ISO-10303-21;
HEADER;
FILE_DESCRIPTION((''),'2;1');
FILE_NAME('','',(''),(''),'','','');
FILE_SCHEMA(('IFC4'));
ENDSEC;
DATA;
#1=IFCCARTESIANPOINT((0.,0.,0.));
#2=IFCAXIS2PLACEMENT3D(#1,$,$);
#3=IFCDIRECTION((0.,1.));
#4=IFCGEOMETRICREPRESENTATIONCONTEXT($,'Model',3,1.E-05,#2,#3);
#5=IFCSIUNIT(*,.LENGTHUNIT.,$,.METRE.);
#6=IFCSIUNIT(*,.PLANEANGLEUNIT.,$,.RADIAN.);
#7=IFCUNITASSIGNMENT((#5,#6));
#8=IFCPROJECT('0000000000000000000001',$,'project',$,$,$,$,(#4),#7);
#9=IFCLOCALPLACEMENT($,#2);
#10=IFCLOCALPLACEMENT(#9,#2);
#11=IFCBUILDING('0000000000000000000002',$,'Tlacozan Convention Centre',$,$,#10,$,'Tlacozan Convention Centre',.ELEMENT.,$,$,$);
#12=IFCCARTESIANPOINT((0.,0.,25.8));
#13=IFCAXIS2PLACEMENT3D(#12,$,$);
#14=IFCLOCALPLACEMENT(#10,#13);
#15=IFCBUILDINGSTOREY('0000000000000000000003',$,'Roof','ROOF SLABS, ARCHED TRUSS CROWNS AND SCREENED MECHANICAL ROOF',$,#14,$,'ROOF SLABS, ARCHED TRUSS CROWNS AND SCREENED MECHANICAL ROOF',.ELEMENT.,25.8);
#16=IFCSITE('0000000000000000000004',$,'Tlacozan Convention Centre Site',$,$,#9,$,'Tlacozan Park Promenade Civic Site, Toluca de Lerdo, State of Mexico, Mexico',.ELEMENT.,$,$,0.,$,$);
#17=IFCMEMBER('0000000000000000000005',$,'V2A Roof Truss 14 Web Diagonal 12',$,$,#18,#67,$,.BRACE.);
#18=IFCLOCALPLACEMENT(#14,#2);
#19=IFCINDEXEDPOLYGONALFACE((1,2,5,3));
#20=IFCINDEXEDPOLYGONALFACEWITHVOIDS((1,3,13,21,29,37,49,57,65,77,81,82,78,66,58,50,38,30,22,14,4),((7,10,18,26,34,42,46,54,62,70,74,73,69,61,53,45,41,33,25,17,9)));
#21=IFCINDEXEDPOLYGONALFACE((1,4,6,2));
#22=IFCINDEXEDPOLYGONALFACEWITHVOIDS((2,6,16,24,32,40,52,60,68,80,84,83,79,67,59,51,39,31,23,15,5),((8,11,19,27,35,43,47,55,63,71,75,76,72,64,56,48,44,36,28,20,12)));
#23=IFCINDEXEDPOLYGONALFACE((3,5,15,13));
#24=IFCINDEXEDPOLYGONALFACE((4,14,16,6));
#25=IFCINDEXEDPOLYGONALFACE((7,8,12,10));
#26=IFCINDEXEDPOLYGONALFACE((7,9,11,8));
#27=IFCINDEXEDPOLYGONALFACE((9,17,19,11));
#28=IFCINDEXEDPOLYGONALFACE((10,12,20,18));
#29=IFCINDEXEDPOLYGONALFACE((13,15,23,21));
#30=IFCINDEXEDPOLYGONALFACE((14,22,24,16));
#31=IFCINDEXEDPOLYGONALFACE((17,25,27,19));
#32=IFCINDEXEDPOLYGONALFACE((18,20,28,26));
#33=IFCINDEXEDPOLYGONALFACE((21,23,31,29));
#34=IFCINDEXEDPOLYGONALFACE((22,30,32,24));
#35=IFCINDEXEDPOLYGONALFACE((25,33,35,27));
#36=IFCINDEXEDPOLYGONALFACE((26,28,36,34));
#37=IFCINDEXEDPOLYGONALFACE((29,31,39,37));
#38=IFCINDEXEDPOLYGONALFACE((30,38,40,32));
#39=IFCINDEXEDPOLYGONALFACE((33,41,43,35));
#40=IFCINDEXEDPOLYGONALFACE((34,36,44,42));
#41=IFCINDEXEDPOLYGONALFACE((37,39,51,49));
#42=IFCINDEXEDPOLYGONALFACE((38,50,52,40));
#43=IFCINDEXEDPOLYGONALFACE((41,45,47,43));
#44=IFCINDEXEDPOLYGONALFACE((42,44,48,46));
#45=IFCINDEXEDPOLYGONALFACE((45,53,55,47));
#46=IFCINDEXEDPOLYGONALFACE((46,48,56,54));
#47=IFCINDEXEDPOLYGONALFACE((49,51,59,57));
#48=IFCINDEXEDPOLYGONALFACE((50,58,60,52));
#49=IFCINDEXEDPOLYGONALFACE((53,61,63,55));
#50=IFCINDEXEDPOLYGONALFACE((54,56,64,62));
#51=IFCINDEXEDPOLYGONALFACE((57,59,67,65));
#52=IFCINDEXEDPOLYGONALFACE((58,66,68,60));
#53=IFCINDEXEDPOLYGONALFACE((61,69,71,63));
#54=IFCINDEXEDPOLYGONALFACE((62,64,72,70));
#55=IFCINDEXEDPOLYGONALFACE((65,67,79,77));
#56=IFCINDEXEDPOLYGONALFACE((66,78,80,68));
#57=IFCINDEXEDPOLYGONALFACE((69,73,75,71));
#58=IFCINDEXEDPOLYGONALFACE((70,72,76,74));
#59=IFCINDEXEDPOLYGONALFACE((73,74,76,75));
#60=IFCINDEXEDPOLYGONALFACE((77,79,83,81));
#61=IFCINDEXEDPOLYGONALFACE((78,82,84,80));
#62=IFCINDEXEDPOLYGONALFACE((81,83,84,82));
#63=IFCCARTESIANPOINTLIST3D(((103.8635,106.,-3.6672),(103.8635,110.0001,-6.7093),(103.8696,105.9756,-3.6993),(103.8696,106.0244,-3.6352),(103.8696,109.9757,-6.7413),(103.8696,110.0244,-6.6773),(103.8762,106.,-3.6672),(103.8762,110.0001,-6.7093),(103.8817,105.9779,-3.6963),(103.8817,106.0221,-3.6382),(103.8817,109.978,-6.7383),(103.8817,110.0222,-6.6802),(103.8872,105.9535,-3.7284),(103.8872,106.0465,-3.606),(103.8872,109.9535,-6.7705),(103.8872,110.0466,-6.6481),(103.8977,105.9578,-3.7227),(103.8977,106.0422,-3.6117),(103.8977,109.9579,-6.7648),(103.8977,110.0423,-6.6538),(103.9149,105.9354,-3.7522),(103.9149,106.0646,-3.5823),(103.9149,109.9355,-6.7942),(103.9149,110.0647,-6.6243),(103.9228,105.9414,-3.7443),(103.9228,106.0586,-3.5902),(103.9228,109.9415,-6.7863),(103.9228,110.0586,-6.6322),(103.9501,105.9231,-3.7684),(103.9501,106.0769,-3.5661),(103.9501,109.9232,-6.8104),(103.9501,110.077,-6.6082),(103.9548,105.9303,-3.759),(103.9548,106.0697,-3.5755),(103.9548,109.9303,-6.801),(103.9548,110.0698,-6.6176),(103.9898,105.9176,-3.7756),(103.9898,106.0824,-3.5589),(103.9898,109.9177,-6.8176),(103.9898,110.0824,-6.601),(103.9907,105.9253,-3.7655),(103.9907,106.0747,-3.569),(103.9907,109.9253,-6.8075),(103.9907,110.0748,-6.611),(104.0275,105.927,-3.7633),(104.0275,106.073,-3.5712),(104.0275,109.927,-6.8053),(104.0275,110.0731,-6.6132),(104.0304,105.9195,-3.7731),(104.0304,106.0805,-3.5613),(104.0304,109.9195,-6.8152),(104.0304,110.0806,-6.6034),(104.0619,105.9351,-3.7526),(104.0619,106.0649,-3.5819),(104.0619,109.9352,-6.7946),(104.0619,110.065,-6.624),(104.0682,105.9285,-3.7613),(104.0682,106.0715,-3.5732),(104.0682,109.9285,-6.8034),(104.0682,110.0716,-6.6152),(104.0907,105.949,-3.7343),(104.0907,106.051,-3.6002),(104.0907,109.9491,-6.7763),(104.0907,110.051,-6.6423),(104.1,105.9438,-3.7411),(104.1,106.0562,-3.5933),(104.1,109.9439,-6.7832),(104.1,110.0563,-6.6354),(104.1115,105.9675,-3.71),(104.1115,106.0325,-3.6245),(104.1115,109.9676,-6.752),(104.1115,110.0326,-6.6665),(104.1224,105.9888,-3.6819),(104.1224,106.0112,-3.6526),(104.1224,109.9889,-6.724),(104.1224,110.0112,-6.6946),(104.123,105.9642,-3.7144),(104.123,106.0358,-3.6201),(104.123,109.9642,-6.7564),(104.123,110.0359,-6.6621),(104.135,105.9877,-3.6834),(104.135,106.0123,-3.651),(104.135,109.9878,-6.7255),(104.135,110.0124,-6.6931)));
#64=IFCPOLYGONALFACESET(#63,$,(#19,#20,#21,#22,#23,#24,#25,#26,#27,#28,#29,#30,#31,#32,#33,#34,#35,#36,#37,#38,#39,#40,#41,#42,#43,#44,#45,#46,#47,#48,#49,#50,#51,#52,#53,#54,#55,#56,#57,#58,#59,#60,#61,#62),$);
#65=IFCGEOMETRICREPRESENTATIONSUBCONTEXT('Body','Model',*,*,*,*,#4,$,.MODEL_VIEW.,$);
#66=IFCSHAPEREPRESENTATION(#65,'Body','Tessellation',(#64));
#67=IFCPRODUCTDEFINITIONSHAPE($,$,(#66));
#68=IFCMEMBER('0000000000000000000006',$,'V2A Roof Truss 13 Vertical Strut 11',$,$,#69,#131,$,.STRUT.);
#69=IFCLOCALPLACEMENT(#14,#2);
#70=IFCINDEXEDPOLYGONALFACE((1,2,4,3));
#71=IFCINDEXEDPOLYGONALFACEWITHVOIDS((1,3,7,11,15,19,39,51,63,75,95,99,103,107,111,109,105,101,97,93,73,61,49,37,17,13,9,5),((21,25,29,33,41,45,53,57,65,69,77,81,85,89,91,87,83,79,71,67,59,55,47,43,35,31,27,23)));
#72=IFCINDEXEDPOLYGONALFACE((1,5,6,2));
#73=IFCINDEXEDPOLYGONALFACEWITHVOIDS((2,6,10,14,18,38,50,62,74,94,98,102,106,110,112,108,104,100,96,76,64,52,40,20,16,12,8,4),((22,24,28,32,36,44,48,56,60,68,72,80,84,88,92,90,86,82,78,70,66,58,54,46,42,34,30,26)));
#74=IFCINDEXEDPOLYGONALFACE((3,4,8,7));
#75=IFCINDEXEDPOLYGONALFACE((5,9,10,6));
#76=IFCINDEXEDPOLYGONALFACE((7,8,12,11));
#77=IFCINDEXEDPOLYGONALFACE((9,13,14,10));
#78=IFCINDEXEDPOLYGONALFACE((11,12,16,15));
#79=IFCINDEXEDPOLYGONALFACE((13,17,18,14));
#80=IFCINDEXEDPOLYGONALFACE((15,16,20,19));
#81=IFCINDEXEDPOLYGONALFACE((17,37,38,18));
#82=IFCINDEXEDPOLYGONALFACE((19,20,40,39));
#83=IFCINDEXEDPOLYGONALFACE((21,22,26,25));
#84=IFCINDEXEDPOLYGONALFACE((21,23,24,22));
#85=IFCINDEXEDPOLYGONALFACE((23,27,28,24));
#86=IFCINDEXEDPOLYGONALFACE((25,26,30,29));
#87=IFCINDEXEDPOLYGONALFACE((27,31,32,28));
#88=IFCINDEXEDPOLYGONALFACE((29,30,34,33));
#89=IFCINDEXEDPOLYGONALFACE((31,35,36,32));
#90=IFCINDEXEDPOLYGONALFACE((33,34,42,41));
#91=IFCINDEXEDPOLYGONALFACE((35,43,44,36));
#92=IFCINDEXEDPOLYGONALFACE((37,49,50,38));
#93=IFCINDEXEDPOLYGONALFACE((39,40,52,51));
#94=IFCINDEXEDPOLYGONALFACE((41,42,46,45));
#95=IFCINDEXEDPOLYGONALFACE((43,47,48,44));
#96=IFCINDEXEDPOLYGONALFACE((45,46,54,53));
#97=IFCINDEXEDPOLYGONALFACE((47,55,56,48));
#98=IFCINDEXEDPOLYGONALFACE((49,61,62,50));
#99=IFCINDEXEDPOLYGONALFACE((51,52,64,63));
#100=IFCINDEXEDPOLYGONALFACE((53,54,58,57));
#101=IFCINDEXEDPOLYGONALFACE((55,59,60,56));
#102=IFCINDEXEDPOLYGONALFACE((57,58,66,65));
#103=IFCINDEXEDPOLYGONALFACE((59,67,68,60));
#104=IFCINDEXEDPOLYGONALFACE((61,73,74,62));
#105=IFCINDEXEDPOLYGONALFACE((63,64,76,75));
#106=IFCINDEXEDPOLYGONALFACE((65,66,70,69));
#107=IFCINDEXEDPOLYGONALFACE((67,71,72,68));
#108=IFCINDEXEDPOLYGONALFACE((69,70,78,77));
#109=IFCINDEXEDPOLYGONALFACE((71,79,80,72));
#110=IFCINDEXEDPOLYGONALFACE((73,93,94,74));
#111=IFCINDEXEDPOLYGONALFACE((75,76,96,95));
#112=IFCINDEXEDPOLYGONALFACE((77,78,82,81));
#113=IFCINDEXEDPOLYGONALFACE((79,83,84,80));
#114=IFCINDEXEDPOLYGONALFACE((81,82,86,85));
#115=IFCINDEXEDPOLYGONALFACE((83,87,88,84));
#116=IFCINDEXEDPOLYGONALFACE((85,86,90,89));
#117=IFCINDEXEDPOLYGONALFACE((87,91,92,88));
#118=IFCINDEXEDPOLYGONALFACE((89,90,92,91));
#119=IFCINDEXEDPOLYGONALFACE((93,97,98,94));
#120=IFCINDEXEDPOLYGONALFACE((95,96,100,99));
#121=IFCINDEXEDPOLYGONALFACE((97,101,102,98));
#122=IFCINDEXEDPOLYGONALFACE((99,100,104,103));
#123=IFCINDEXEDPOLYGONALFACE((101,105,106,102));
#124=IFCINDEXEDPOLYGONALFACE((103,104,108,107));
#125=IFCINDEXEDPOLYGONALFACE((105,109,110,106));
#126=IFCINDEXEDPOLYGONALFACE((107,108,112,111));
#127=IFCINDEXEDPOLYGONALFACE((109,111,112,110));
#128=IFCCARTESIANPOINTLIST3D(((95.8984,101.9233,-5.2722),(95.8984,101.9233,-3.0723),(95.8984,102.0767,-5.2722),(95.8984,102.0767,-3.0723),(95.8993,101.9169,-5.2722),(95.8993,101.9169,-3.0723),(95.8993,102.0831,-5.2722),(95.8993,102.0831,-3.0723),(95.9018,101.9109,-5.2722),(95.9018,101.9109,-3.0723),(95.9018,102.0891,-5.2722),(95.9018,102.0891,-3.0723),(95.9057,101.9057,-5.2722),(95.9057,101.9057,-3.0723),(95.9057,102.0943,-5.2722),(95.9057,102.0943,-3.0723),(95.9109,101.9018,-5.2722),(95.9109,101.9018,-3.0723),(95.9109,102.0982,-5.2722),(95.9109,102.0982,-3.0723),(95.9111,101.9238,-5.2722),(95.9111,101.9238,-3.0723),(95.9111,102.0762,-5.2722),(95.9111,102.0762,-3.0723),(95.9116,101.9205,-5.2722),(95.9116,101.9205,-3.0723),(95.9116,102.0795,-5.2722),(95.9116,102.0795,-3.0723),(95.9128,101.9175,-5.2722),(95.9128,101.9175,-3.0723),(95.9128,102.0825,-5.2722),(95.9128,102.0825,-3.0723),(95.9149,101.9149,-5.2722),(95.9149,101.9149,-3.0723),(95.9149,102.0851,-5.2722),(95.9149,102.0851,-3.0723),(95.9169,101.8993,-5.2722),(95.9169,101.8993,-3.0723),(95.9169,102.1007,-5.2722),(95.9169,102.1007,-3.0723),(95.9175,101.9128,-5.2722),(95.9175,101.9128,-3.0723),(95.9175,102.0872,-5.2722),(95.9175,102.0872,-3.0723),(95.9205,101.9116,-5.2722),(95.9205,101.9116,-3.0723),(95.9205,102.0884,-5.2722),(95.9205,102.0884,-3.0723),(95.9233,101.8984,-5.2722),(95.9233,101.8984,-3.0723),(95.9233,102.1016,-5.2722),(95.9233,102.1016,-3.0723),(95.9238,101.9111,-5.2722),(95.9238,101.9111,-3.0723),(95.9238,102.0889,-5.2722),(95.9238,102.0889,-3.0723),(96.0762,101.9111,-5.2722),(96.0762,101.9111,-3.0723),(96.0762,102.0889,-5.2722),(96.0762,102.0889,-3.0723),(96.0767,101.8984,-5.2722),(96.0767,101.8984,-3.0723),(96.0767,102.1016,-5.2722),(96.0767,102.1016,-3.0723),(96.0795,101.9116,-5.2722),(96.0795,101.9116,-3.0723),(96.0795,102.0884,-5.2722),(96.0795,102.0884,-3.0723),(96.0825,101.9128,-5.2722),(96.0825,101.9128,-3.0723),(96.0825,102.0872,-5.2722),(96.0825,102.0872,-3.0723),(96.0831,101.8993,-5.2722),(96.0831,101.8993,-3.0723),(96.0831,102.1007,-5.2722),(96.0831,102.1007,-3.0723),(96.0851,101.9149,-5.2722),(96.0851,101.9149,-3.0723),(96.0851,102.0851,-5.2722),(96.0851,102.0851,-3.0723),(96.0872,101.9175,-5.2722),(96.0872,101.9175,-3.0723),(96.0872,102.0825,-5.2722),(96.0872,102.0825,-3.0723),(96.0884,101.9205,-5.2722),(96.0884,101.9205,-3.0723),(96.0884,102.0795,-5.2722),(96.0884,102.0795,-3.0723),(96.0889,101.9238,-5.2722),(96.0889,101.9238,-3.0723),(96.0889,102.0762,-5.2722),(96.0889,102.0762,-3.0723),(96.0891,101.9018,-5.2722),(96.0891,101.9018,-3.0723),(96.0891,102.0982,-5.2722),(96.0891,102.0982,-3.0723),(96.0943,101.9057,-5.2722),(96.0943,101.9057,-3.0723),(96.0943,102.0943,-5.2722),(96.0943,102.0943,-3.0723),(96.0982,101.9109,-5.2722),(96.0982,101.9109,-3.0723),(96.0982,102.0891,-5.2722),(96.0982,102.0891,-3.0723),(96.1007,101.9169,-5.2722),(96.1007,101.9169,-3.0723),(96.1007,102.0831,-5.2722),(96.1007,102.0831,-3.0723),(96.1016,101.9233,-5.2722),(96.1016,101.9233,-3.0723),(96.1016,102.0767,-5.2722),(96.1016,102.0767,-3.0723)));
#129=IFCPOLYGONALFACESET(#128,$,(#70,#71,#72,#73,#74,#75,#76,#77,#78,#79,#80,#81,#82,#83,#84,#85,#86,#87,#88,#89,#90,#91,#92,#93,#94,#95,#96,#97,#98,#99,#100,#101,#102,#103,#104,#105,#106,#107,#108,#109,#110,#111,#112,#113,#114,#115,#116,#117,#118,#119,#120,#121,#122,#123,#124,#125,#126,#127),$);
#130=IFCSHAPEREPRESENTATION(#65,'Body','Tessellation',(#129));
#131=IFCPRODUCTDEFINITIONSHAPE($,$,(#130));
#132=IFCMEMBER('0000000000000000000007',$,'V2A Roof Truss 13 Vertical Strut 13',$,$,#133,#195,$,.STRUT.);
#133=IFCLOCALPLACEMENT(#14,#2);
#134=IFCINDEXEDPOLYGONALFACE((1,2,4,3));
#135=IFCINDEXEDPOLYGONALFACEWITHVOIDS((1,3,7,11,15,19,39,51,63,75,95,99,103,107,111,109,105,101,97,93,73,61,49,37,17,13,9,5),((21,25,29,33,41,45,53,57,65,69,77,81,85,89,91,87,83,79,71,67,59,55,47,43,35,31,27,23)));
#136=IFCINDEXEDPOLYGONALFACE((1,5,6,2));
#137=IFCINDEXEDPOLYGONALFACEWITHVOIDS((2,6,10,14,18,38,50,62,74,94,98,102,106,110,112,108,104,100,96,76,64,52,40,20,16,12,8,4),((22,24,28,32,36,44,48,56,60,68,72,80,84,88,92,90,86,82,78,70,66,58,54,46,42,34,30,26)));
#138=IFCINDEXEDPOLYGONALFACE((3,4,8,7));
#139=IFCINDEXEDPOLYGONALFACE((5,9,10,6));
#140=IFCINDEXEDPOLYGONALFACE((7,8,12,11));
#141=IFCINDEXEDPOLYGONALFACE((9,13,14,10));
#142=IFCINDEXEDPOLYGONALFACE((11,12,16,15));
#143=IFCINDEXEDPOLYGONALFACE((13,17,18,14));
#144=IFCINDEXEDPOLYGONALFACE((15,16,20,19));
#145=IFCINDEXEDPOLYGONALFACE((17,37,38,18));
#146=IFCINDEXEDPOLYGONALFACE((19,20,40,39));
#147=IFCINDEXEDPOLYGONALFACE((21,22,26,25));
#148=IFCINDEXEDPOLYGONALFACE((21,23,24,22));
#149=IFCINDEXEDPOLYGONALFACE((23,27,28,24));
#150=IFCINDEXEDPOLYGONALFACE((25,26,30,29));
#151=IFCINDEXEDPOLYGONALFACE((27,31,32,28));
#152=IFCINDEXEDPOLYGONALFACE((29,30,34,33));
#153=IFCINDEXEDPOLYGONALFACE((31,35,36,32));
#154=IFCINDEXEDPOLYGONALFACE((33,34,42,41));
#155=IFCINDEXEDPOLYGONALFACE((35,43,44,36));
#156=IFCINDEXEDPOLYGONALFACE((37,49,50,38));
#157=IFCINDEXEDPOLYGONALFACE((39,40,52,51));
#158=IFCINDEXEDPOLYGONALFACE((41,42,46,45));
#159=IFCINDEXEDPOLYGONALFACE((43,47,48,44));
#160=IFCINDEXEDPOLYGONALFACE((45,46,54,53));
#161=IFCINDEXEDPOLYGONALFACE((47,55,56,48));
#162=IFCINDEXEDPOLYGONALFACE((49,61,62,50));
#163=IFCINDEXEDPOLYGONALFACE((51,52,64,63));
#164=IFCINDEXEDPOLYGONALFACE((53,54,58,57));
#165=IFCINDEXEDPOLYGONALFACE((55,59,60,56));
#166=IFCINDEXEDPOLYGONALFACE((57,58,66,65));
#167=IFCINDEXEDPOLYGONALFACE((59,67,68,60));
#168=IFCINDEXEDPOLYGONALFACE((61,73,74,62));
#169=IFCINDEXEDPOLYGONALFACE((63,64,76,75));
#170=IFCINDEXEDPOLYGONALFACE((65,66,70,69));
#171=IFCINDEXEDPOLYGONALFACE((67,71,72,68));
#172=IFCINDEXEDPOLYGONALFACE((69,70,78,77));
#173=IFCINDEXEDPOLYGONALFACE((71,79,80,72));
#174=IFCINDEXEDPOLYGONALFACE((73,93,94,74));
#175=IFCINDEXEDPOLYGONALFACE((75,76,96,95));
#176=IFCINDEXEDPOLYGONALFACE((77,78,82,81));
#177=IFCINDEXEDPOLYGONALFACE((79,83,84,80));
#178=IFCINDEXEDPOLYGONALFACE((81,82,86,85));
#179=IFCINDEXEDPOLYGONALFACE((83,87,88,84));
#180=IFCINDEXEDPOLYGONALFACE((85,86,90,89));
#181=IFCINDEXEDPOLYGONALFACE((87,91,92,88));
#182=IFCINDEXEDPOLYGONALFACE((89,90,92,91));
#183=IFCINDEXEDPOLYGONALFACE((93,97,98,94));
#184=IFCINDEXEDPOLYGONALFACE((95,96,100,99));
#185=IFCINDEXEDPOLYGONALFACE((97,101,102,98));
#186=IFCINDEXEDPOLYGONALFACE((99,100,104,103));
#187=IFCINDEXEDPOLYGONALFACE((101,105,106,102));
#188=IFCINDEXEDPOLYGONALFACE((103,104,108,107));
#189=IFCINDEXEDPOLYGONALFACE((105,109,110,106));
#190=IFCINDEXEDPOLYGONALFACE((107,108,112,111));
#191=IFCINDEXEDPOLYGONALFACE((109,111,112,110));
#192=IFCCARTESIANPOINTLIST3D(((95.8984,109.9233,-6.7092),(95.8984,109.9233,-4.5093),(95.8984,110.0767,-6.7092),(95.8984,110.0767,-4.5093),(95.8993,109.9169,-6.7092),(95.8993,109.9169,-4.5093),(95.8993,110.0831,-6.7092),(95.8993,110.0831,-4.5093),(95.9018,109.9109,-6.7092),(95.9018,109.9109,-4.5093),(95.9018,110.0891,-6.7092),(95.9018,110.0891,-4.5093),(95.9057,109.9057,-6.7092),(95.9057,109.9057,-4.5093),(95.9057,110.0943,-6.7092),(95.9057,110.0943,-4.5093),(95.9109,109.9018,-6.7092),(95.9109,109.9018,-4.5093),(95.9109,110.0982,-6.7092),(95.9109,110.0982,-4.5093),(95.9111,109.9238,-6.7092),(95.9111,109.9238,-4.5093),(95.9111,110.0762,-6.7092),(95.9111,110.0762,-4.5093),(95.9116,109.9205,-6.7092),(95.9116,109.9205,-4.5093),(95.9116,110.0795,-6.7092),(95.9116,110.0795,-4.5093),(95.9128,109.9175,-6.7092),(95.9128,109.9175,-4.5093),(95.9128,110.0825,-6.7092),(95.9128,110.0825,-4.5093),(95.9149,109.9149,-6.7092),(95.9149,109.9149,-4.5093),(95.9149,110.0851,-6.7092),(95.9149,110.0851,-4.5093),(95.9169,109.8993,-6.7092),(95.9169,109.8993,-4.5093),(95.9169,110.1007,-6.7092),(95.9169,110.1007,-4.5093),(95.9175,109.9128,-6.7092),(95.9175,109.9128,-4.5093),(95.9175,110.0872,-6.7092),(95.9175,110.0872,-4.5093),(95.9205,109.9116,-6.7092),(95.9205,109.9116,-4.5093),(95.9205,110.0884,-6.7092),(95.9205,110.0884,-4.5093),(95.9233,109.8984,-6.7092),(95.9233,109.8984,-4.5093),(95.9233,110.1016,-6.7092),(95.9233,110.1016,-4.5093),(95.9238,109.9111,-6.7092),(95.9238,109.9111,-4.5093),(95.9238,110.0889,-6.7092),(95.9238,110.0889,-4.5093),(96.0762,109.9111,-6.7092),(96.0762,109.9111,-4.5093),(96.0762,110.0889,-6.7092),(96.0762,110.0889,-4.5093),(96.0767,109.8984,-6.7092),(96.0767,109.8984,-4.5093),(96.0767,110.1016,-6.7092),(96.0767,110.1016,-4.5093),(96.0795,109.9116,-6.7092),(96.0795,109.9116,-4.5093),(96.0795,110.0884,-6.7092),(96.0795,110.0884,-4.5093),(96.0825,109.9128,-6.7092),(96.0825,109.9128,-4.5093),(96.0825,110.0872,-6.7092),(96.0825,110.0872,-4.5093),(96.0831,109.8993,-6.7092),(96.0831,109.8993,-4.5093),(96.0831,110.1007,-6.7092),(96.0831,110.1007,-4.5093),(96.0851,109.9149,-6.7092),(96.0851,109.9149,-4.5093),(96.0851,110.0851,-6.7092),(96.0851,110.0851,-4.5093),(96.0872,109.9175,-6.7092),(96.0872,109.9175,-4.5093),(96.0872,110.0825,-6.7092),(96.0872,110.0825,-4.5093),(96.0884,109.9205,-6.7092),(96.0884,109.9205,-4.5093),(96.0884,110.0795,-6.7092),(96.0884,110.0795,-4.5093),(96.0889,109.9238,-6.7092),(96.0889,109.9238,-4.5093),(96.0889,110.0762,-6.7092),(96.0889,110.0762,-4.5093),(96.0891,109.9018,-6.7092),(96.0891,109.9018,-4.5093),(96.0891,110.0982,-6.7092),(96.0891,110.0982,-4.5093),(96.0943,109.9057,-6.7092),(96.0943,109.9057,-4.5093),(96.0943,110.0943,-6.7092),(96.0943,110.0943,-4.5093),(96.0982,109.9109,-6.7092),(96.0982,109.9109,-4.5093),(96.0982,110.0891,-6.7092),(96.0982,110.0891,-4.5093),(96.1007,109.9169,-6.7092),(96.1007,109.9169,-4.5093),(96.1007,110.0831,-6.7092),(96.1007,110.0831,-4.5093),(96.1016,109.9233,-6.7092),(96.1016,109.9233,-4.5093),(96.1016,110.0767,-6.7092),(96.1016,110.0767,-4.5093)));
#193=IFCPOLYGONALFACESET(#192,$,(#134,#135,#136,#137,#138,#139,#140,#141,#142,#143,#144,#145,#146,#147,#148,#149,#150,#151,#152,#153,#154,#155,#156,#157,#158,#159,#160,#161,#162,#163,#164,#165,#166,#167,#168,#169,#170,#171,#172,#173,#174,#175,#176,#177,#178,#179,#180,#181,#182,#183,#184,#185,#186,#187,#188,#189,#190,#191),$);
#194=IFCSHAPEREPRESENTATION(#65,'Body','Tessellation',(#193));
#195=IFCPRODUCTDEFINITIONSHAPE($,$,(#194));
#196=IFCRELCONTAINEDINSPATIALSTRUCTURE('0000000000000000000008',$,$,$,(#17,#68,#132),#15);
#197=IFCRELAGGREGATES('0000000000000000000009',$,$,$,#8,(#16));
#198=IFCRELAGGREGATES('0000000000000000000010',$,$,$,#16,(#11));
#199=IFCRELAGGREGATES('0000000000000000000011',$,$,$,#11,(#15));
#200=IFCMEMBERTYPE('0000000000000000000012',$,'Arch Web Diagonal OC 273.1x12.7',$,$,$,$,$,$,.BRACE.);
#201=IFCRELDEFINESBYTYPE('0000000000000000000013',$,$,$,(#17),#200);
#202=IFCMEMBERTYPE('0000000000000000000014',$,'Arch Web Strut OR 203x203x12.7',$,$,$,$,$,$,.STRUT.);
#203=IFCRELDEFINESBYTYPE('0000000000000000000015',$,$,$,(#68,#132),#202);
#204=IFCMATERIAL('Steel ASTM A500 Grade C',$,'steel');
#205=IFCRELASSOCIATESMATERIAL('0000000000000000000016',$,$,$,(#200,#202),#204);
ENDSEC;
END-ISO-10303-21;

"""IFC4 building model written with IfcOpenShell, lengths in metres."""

from ifc_helpers import new_model, si_unit, direction, frame, origin, origin_2d, place, context, subcontext, project, spatial, hollow_rectangle, hollow_circle, extrude, material, material_profile, profile_set, type_object, element, save


model = new_model("IFC4")

# Units and contexts
model_context = context("Model", 3, precision=1e-05, world=origin(), true_north=direction((0.0, 1.0)))
body_context = subcontext(model_context, "Body", "Model", "MODEL_VIEW")
ifc_project = project(units=[si_unit("LENGTHUNIT", "METRE"), si_unit("PLANEANGLEUNIT", "RADIAN")], contexts=[model_context])

# Site, building, storey
site_placement = place(None, origin())
site = spatial("IfcSite", under=ifc_project, at=site_placement, Name="Tlacozan Convention Centre Site", LongName="Tlacozan Park Promenade Civic Site, Toluca de Lerdo, State of Mexico, Mexico", CompositionType="ELEMENT", RefElevation=0.0)
building_placement = place(site_placement, origin())
building = spatial("IfcBuilding", under=site, at=building_placement, Name="Tlacozan Convention Centre", LongName="Tlacozan Convention Centre", CompositionType="ELEMENT")
storey_placement = place(building_placement, frame((0.0, 0.0, 25.8)))
storey = spatial("IfcBuildingStorey", under=building, at=storey_placement, Name="Roof", Description="ROOF SLABS, ARCHED TRUSS CROWNS AND SCREENED MECHANICAL ROOF", LongName="ROOF SLABS, ARCHED TRUSS CROWNS AND SCREENED MECHANICAL ROOF", CompositionType="ELEMENT", Elevation=25.8)

# Members
ifc_material_1 = material(Name="Steel ASTM A500 Grade C", Category="steel")
ifc_material_profile_1 = material_profile(ifc_material_1, hollow_circle(Radius=0.1365, WallThickness=0.0127, at=origin_2d()), Name="OC 273.1x12.7")
ifc_profile_set_1 = profile_set([ifc_material_profile_1], Name="Steel ASTM A500 Grade C")
member_type_1 = type_object("IfcMemberType", Name="Arch Web Diagonal OC 273.1x12.7", PredefinedType="BRACE", material=ifc_profile_set_1)
member_1_placement = place(storey_placement, frame((104.0, 106.0, -3.6672), z_axis=(0.0, 0.795971, -0.605335), x_axis=(-1.0, 0.0, 0.0)))
element("IfcMember", 1, at=member_1_placement, inside=storey, type_object=member_type_1, Name="V2A Roof Truss 14 Web Diagonal 12", PredefinedType="BRACE", context=body_context, shape_type="SweptSolid", body=[
    extrude(hollow_circle(Radius=0.1365, WallThickness=0.0127, at=origin_2d()), origin(), (0.0, 0.0, 1.0), 5.0254),
])
ifc_material_profile_2 = material_profile(ifc_material_1, hollow_rectangle(XDim=0.2031, YDim=0.2031, WallThickness=0.0127, InnerFilletRadius=0.0127, OuterFilletRadius=0.0249, at=origin_2d()), Name="OR 203x203x12.7")
ifc_profile_set_2 = profile_set([ifc_material_profile_2], Name="Steel ASTM A500 Grade C")
member_type_2 = type_object("IfcMemberType", Name="Arch Web Strut OR 203x203x12.7", PredefinedType="STRUT", material=ifc_profile_set_2)
for number, where, z_axis, x_axis, name in (
    (2, (96.0, 102.0, -5.2722), (0.0, 0.0, 1.0), (1.0, 0.0, 0.0), "V2A Roof Truss 13 Vertical Strut 11"),
    (3, (96.0, 110.0, -6.7092), (0.0, 0.0, 1.0), (1.0, 0.0, 0.0), "V2A Roof Truss 13 Vertical Strut 13"),
):
    element("IfcMember", number, at=place(storey_placement, frame(where, z_axis=z_axis, x_axis=x_axis)), inside=storey, type_object=member_type_2, Name=name, PredefinedType="STRUT", context=body_context, shape_type="SweptSolid", body=[
        extrude(hollow_rectangle(XDim=0.2031, YDim=0.2031, WallThickness=0.0127, InnerFilletRadius=0.0127, OuterFilletRadius=0.0249, at=origin_2d()), origin(), (0.0, 0.0, 1.0), 2.2),
    ])

save(model, "model.ifc")
